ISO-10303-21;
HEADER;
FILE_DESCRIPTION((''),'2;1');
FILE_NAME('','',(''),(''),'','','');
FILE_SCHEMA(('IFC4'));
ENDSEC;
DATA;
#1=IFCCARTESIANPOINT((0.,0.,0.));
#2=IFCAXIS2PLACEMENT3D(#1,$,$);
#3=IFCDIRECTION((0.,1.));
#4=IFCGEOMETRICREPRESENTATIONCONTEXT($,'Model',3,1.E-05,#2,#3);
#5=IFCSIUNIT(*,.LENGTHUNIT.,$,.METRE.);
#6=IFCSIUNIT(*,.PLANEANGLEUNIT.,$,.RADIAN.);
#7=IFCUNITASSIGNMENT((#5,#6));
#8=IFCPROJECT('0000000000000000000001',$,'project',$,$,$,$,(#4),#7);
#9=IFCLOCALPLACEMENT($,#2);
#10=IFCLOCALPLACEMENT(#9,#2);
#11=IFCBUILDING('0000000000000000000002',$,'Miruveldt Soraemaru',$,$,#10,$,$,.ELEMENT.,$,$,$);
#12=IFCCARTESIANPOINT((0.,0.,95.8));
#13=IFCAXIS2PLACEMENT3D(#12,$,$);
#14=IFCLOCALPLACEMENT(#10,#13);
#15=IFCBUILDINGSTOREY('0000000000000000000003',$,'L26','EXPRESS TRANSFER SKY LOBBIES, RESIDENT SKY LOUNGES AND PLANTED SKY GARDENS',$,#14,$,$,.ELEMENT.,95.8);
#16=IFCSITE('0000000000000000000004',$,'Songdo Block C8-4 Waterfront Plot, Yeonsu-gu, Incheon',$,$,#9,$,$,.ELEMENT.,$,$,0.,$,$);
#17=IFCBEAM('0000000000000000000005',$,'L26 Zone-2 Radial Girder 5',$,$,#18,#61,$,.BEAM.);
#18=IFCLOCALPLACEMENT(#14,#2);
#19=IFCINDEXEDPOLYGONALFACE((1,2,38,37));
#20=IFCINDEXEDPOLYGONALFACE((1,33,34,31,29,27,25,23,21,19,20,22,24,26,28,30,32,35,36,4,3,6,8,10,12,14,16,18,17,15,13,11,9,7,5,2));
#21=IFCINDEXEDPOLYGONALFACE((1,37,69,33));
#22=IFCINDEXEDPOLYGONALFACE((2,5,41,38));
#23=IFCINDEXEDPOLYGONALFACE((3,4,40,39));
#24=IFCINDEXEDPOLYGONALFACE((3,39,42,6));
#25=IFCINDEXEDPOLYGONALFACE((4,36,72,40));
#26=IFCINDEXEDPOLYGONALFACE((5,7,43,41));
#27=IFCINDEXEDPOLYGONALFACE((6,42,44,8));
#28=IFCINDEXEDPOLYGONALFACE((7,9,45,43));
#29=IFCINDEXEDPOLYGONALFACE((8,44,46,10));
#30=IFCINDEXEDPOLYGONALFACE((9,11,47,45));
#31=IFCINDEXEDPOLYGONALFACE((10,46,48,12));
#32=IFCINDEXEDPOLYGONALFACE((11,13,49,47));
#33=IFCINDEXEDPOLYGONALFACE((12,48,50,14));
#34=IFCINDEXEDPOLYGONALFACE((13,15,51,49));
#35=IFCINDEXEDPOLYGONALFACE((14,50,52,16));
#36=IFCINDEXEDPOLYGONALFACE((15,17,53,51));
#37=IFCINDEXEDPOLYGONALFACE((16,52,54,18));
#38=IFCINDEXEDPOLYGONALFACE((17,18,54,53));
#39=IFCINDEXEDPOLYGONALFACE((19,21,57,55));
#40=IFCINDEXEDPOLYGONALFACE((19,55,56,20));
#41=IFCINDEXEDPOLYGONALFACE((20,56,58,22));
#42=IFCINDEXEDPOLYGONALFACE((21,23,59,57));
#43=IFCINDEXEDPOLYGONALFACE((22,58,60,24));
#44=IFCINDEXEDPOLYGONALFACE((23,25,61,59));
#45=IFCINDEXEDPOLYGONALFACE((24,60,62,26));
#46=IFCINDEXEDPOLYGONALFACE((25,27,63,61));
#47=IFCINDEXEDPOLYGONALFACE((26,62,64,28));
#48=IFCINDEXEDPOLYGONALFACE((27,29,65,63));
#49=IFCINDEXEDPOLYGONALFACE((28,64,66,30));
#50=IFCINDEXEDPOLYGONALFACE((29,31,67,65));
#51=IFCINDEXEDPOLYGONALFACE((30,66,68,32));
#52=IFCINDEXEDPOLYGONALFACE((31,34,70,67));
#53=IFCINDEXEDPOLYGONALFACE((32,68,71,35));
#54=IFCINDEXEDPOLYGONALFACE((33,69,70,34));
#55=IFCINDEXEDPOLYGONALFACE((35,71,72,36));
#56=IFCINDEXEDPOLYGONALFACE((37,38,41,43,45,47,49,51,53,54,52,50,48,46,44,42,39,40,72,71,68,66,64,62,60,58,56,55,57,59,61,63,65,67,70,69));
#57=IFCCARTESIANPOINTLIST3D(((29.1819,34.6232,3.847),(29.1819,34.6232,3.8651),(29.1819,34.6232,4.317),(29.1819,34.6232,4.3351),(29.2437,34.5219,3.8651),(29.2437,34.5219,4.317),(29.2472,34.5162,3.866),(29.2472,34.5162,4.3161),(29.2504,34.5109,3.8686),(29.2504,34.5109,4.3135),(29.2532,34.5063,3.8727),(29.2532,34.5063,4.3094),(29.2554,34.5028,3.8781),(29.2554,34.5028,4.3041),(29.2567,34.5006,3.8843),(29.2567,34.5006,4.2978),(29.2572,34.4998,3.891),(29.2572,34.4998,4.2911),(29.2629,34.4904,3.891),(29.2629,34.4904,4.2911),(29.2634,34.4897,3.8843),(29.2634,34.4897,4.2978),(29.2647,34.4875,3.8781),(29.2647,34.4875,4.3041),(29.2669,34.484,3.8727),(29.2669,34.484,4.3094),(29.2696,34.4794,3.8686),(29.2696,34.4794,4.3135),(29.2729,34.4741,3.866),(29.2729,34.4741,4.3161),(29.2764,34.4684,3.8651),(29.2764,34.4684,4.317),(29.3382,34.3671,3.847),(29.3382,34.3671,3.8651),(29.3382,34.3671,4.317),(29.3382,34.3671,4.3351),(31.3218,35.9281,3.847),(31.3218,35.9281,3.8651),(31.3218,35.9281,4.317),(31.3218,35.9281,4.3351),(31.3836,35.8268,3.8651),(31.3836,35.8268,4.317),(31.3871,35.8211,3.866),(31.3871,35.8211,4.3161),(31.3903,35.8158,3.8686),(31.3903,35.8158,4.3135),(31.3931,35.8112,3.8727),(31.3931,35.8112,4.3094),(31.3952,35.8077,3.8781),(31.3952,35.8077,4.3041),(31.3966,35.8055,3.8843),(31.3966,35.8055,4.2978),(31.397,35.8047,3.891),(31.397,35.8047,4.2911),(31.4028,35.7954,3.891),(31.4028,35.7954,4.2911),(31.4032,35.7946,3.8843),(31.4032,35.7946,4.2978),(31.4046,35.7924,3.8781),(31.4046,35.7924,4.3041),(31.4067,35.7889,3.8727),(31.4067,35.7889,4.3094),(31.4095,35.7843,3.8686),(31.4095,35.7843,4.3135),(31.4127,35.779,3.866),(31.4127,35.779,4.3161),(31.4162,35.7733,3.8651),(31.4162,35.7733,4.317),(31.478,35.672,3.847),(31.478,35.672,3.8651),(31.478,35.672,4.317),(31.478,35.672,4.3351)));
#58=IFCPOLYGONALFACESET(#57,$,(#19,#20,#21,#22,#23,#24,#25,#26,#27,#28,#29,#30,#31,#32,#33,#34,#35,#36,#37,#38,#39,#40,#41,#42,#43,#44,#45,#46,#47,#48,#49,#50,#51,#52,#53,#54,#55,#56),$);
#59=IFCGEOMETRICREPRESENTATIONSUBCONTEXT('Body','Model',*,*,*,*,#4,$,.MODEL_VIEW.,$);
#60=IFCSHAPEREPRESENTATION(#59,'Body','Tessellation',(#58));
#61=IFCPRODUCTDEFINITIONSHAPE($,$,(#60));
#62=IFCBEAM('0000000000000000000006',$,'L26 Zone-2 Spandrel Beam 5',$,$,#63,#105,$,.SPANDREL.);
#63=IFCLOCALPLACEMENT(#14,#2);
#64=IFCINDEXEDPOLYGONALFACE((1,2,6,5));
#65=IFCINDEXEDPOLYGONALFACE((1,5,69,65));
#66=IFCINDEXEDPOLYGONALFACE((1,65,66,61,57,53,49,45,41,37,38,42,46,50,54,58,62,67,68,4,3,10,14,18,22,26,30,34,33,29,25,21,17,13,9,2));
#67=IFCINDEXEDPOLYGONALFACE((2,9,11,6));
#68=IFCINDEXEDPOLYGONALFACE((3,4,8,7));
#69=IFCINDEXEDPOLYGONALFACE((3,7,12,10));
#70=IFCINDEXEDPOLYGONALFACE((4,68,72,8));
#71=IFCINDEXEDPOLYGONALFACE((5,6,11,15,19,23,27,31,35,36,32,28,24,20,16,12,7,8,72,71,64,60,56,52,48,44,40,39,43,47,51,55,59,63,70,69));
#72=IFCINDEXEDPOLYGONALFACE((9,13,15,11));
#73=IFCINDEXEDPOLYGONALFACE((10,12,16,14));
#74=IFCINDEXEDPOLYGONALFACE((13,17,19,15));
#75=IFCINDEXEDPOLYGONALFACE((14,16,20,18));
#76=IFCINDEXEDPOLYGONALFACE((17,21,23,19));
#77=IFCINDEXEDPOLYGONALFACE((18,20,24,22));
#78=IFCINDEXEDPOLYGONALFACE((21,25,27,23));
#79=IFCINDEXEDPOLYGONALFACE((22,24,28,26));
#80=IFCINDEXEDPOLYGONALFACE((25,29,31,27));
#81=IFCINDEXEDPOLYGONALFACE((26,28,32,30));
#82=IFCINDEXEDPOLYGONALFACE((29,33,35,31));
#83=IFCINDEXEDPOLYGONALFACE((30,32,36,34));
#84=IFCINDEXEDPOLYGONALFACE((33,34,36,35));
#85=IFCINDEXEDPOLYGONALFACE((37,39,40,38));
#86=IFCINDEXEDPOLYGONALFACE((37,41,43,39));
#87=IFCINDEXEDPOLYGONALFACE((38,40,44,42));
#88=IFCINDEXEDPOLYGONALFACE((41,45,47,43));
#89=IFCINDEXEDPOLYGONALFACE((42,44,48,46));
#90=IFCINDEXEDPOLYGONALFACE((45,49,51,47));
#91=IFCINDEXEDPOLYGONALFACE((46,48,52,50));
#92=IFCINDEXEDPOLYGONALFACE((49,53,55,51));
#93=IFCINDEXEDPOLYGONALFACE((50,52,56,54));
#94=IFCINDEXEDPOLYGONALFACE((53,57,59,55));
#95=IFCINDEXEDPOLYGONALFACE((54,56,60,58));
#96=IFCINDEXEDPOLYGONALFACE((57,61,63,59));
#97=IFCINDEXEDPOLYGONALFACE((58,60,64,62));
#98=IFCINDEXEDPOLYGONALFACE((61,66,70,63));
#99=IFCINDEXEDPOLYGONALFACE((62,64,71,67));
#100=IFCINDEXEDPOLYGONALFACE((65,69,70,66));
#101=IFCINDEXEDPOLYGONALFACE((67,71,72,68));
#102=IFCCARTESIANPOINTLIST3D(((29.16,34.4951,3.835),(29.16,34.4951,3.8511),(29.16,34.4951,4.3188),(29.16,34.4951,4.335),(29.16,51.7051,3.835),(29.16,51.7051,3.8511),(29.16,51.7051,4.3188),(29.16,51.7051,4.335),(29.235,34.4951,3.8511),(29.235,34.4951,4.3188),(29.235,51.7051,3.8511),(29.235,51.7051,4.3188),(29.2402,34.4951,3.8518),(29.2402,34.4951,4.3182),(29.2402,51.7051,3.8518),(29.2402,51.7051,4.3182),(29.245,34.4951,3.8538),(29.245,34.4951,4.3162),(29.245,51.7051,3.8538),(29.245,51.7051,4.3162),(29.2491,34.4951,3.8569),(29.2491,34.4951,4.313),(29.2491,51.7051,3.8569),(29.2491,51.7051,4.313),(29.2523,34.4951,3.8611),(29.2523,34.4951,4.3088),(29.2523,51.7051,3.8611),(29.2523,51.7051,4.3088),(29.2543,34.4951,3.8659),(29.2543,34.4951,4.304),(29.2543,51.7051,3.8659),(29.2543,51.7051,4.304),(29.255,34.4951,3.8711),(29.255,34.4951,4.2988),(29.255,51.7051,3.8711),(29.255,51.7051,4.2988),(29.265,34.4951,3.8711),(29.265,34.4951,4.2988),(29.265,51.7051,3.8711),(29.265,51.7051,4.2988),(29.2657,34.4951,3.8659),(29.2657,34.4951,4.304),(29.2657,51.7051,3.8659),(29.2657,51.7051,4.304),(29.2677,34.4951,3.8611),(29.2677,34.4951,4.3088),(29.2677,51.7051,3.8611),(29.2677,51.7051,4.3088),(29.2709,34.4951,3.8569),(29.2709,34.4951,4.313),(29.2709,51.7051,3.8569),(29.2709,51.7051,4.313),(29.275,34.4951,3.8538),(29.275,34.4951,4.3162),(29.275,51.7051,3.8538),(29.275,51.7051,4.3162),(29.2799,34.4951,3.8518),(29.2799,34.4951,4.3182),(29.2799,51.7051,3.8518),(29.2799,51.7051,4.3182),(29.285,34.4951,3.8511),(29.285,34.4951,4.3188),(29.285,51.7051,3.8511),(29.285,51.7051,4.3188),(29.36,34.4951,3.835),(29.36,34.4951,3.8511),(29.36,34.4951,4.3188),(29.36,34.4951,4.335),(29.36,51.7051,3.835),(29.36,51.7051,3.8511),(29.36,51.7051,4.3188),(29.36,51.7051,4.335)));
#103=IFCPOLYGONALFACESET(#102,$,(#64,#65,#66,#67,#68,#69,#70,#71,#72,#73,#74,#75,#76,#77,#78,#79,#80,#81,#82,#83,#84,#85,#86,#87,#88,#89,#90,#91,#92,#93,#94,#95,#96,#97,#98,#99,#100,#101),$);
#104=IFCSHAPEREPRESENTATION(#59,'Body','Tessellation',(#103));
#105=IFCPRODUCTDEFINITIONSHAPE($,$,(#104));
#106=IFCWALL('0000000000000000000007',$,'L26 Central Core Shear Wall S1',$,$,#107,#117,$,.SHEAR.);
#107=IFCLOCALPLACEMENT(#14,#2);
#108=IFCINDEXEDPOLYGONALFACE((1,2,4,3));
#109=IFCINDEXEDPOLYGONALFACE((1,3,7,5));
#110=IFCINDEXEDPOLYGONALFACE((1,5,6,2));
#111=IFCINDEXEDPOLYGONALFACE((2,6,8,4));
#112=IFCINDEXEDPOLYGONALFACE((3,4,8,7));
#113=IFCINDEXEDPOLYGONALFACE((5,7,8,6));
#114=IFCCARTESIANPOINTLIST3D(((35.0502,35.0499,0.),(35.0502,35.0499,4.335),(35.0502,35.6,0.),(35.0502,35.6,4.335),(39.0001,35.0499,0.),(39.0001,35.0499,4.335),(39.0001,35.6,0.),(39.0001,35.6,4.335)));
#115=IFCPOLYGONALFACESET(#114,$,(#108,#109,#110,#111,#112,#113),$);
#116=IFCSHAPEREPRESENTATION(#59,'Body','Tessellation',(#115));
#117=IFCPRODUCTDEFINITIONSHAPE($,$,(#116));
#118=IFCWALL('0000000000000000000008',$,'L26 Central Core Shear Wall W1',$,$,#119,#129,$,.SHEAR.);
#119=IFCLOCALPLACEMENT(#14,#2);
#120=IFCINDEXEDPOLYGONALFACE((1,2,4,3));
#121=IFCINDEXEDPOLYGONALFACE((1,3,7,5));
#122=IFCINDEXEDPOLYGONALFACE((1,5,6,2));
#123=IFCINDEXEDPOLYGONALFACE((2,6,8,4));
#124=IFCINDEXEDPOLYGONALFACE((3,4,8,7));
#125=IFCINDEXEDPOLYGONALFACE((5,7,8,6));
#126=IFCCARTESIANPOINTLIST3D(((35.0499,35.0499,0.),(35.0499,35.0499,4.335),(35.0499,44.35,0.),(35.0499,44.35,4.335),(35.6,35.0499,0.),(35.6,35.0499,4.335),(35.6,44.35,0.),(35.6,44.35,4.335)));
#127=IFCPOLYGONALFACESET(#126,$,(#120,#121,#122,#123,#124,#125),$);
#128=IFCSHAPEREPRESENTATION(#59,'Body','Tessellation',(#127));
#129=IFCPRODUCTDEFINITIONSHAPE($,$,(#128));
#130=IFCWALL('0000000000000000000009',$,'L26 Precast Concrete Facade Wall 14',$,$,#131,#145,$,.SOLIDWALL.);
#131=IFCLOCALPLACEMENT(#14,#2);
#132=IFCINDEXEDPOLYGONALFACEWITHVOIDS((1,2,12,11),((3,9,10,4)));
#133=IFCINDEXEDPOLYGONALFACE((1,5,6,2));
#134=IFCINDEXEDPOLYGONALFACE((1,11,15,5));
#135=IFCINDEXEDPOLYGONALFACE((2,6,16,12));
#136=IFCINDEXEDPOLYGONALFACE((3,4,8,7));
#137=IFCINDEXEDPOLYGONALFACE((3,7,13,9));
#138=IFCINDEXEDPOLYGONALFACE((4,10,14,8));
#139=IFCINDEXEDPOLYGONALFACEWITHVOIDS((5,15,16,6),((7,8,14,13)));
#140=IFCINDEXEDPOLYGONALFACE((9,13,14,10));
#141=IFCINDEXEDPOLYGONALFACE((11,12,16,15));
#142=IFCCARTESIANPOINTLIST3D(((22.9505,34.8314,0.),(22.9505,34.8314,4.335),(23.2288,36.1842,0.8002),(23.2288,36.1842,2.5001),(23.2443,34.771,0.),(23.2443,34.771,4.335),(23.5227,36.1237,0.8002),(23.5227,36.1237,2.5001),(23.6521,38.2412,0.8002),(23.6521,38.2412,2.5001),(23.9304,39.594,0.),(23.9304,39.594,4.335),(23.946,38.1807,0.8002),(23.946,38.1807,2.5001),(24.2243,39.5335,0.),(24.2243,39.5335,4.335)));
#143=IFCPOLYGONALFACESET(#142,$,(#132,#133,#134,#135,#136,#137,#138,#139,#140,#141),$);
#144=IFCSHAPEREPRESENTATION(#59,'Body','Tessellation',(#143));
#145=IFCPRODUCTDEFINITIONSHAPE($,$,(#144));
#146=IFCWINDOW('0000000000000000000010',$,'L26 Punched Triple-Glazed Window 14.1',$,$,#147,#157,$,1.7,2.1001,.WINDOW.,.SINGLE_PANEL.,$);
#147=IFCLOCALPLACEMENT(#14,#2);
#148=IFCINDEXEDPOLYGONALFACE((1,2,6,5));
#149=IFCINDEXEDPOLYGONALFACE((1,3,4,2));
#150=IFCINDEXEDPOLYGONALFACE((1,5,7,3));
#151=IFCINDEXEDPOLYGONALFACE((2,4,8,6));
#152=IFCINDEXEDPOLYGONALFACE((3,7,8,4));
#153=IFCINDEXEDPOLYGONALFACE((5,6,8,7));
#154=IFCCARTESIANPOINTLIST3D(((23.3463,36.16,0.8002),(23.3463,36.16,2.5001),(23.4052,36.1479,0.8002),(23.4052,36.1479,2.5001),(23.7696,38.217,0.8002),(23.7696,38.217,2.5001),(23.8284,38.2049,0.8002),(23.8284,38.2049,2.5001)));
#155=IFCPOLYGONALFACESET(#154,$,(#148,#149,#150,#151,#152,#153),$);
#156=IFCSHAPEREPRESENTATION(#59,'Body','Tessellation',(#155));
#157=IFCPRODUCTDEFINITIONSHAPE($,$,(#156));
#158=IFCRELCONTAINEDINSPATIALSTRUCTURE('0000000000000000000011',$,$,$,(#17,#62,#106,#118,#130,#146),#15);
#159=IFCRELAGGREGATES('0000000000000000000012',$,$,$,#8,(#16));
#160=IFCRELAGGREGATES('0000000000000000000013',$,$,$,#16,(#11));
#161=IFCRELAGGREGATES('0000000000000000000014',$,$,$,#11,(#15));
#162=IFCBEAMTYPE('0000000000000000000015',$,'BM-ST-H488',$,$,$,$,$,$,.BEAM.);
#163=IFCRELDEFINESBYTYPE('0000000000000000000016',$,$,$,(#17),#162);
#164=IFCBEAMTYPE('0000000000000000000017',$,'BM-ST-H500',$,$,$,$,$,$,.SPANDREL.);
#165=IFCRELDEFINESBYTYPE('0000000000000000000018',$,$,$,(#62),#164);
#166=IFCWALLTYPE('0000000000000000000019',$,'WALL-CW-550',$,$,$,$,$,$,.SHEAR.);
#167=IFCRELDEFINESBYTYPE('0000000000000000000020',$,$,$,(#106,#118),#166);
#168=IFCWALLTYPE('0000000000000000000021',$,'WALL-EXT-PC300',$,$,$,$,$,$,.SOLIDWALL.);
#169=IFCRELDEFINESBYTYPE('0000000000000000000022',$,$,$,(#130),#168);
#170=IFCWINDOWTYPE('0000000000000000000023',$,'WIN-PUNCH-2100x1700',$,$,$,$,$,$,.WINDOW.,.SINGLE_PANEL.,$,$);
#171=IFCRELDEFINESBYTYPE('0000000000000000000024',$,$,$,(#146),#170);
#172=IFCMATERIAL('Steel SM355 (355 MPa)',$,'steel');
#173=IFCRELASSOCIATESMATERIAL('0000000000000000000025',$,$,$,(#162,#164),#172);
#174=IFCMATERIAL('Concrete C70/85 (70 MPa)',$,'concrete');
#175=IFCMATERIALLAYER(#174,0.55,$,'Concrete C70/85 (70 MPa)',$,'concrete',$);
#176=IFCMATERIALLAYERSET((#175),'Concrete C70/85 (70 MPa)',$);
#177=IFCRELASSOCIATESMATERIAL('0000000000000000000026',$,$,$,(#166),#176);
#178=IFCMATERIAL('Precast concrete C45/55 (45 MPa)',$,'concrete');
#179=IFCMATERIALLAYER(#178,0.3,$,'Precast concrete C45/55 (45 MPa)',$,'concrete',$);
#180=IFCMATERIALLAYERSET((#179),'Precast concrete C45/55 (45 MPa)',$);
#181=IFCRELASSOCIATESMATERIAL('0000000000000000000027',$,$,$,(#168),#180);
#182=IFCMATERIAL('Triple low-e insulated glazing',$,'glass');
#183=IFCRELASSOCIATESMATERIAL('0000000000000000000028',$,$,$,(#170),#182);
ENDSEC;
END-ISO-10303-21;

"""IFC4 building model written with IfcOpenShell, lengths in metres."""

from ifc_helpers import new_model, si_unit, direction, frame, frame_2d, origin, origin_2d, place, context, subcontext, project, spatial, rectangle, i_section, extrude, material, layer, layer_set, material_profile, profile_set, type_object, element, fill, save


model = new_model("IFC4")

# Units and contexts
model_context = context("Model", 3, precision=1e-05, world=origin(), true_north=direction((0.0, 1.0)))
body_context = subcontext(model_context, "Body", "Model", "MODEL_VIEW")
ifc_project = project(units=[si_unit("LENGTHUNIT", "METRE"), si_unit("PLANEANGLEUNIT", "RADIAN")], contexts=[model_context])

# Site, building, storey
site_placement = place(None, origin())
site = spatial("IfcSite", under=ifc_project, at=site_placement, Name="Songdo Block C8-4 Waterfront Plot, Yeonsu-gu, Incheon", CompositionType="ELEMENT", RefElevation=0.0)
building_placement = place(site_placement, origin())
building = spatial("IfcBuilding", under=site, at=building_placement, Name="Miruveldt Soraemaru", CompositionType="ELEMENT")
storey_placement = place(building_placement, frame((0.0, 0.0, 95.8)))
storey = spatial("IfcBuildingStorey", under=building, at=storey_placement, Name="L26", Description="EXPRESS TRANSFER SKY LOBBIES, RESIDENT SKY LOUNGES AND PLANTED SKY GARDENS", CompositionType="ELEMENT", Elevation=95.8)

# Shared definitions
ifc_material_1 = material(Name="Concrete C70/85 (70 MPa)", Category="concrete")

# Beams
ifc_material_2 = material(Name="Steel SM355 (355 MPa)", Category="steel")
ifc_material_profile_1 = material_profile(ifc_material_2, i_section(OverallWidth=0.3, OverallDepth=0.488, WebThickness=0.011, FlangeThickness=0.0181, FilletRadius=0.0259, at=origin_2d()), Name="Steel SM355 (355 MPa)", Category="steel")
ifc_profile_set_1 = profile_set([ifc_material_profile_1], Name="Steel SM355 (355 MPa)")
beam_type_1 = type_object("IfcBeamType", Name="BM-ST-H488", PredefinedType="BEAM", material=ifc_profile_set_1)
beam_1_placement = place(storey_placement, frame((31.3999, 35.8, 4.0911), z_axis=(-0.853775, -0.520642, 0.0), x_axis=(0.520642, -0.853775, 0.0)))
element("IfcBeam", 1, at=beam_1_placement, inside=storey, type_object=beam_type_1, Name="L26 Zone-2 Radial Girder 5", PredefinedType="BEAM", context=body_context, shape_type="SweptSolid", body=[
    extrude(i_section(OverallWidth=0.3, OverallDepth=0.488, WebThickness=0.011, FlangeThickness=0.0181, FilletRadius=0.0259, at=origin_2d()), origin(), (0.0, 0.0, 1.0), 2.5063),
])
ifc_material_profile_2 = material_profile(ifc_material_2, i_section(OverallWidth=0.2, OverallDepth=0.5, WebThickness=0.01, FlangeThickness=0.0161, FilletRadius=0.02, at=origin_2d()), Name="Steel SM355 (355 MPa)", Category="steel")
ifc_profile_set_2 = profile_set([ifc_material_profile_2], Name="Steel SM355 (355 MPa)")
beam_type_2 = type_object("IfcBeamType", Name="BM-ST-H500", PredefinedType="SPANDREL", material=ifc_profile_set_2)
beam_2_placement = place(storey_placement, frame((29.26, 34.4951, 4.085), z_axis=(0.0, 1.0, 0.0), x_axis=(-1.0, 0.0, 0.0)))
element("IfcBeam", 2, at=beam_2_placement, inside=storey, type_object=beam_type_2, Name="L26 Zone-2 Spandrel Beam 5", PredefinedType="SPANDREL", context=body_context, shape_type="SweptSolid", body=[
    extrude(i_section(OverallWidth=0.2, OverallDepth=0.5, WebThickness=0.01, FlangeThickness=0.0161, FilletRadius=0.02, at=origin_2d()), origin(), (0.0, 0.0, 1.0), 17.21),
])

# Walls
ifc_layer_1 = layer(ifc_material_1, 0.55, Name="Concrete C70/85 (70 MPa)", Category="concrete")
ifc_layer_set_1 = layer_set([ifc_layer_1], Name="Concrete C70/85 (70 MPa)")
wall_type_1 = type_object("IfcWallType", Name="WALL-CW-550", PredefinedType="SHEAR", material=ifc_layer_set_1)
wall_1_placement = place(storey_placement, frame((35.05, 35.325, 0.0), z_axis=(0.0, 0.0, 1.0), x_axis=(1.0, 0.0, 0.0)))
element("IfcWall", 3, at=wall_1_placement, inside=storey, type_object=wall_type_1, Name="L26 Central Core Shear Wall S1", PredefinedType="SHEAR", context=body_context, shape_type="SweptSolid", body=[
    extrude(rectangle(XDim=3.95, YDim=0.55, at=frame_2d((1.9751, 0.0))), origin(), (0.0, 0.0, 1.0), 4.335),
])
wall_2_placement = place(storey_placement, frame((35.325, 35.05, 0.0), z_axis=(0.0, 0.0, 1.0), x_axis=(0.0, 1.0, 0.0)))
element("IfcWall", 4, at=wall_2_placement, inside=storey, type_object=wall_type_1, Name="L26 Central Core Shear Wall W1", PredefinedType="SHEAR", context=body_context, shape_type="SweptSolid", body=[
    extrude(rectangle(XDim=9.3, YDim=0.55, at=frame_2d((4.6499, 0.0))), origin(), (0.0, 0.0, 1.0), 4.335),
])

# Wall, opening, window
ifc_material_3 = material(Name="Precast concrete C45/55 (45 MPa)", Category="concrete")
ifc_layer_2 = layer(ifc_material_3, 0.3, Name="Precast concrete C45/55 (45 MPa)", Category="concrete")
ifc_layer_set_2 = layer_set([ifc_layer_2], Name="Precast concrete C45/55 (45 MPa)")
wall_type_2 = type_object("IfcWallType", Name="WALL-EXT-PC300", PredefinedType="SOLIDWALL", material=ifc_layer_set_2)
wall_3_placement = place(storey_placement, frame((24.0774, 39.5637, 0.0), z_axis=(0.0, 0.0, 1.0), x_axis=(-0.201549, -0.979478, 0.0)))
wall_3 = element("IfcWall", 5, at=wall_3_placement, inside=storey, type_object=wall_type_2, Name="L26 Precast Concrete Facade Wall 14", PredefinedType="SOLIDWALL", context=body_context, shape_type="SweptSolid", body=[
    extrude(rectangle(XDim=4.8623, YDim=0.3, at=frame_2d((2.4312, 0.0))), origin(), (0.0, 0.0, 1.0), 4.335),
])
opening_1_placement = place(wall_3_placement, frame((1.3811, 0.0, 0.8)))
opening_1 = element("IfcOpeningElement", 6, at=opening_1_placement, cuts=wall_3, PredefinedType="OPENING", context=body_context, shape_type="SweptSolid", body=[
    extrude(rectangle(XDim=2.1001, YDim=1.7, at=frame_2d((1.05, 0.8501))), frame((0.0, 0.1602, 0.0), z_axis=(0.0, -1.0, 0.0), x_axis=(1.0, 0.0, 0.0)), (0.0, 0.0, 1.0), 0.3201),
])
ifc_material_4 = material(Name="Triple low-e insulated glazing", Category="glass")
window_type_1 = type_object("IfcWindowType", Name="WIN-PUNCH-2100x1700", PartitioningType="SINGLE_PANEL", PredefinedType="WINDOW", material=ifc_material_4)
window_1_placement = place(opening_1_placement, origin())
window_1 = element("IfcWindow", 7, at=window_1_placement, inside=storey, type_object=window_type_1, Name="L26 Punched Triple-Glazed Window 14.1", OverallHeight=1.7, OverallWidth=2.1001, PartitioningType="SINGLE_PANEL", PredefinedType="WINDOW", context=body_context, shape_type="SweptSolid", body=[
    extrude(rectangle(XDim=2.1001, YDim=1.7, at=frame_2d((1.05, 0.8501))), frame((0.0, 0.03, 0.0), z_axis=(0.0, -1.0, 0.0), x_axis=(1.0, 0.0, 0.0)), (0.0, 0.0, 1.0), 0.0601),
])
fill(opening_1, window_1)

save(model, "model.ifc")
